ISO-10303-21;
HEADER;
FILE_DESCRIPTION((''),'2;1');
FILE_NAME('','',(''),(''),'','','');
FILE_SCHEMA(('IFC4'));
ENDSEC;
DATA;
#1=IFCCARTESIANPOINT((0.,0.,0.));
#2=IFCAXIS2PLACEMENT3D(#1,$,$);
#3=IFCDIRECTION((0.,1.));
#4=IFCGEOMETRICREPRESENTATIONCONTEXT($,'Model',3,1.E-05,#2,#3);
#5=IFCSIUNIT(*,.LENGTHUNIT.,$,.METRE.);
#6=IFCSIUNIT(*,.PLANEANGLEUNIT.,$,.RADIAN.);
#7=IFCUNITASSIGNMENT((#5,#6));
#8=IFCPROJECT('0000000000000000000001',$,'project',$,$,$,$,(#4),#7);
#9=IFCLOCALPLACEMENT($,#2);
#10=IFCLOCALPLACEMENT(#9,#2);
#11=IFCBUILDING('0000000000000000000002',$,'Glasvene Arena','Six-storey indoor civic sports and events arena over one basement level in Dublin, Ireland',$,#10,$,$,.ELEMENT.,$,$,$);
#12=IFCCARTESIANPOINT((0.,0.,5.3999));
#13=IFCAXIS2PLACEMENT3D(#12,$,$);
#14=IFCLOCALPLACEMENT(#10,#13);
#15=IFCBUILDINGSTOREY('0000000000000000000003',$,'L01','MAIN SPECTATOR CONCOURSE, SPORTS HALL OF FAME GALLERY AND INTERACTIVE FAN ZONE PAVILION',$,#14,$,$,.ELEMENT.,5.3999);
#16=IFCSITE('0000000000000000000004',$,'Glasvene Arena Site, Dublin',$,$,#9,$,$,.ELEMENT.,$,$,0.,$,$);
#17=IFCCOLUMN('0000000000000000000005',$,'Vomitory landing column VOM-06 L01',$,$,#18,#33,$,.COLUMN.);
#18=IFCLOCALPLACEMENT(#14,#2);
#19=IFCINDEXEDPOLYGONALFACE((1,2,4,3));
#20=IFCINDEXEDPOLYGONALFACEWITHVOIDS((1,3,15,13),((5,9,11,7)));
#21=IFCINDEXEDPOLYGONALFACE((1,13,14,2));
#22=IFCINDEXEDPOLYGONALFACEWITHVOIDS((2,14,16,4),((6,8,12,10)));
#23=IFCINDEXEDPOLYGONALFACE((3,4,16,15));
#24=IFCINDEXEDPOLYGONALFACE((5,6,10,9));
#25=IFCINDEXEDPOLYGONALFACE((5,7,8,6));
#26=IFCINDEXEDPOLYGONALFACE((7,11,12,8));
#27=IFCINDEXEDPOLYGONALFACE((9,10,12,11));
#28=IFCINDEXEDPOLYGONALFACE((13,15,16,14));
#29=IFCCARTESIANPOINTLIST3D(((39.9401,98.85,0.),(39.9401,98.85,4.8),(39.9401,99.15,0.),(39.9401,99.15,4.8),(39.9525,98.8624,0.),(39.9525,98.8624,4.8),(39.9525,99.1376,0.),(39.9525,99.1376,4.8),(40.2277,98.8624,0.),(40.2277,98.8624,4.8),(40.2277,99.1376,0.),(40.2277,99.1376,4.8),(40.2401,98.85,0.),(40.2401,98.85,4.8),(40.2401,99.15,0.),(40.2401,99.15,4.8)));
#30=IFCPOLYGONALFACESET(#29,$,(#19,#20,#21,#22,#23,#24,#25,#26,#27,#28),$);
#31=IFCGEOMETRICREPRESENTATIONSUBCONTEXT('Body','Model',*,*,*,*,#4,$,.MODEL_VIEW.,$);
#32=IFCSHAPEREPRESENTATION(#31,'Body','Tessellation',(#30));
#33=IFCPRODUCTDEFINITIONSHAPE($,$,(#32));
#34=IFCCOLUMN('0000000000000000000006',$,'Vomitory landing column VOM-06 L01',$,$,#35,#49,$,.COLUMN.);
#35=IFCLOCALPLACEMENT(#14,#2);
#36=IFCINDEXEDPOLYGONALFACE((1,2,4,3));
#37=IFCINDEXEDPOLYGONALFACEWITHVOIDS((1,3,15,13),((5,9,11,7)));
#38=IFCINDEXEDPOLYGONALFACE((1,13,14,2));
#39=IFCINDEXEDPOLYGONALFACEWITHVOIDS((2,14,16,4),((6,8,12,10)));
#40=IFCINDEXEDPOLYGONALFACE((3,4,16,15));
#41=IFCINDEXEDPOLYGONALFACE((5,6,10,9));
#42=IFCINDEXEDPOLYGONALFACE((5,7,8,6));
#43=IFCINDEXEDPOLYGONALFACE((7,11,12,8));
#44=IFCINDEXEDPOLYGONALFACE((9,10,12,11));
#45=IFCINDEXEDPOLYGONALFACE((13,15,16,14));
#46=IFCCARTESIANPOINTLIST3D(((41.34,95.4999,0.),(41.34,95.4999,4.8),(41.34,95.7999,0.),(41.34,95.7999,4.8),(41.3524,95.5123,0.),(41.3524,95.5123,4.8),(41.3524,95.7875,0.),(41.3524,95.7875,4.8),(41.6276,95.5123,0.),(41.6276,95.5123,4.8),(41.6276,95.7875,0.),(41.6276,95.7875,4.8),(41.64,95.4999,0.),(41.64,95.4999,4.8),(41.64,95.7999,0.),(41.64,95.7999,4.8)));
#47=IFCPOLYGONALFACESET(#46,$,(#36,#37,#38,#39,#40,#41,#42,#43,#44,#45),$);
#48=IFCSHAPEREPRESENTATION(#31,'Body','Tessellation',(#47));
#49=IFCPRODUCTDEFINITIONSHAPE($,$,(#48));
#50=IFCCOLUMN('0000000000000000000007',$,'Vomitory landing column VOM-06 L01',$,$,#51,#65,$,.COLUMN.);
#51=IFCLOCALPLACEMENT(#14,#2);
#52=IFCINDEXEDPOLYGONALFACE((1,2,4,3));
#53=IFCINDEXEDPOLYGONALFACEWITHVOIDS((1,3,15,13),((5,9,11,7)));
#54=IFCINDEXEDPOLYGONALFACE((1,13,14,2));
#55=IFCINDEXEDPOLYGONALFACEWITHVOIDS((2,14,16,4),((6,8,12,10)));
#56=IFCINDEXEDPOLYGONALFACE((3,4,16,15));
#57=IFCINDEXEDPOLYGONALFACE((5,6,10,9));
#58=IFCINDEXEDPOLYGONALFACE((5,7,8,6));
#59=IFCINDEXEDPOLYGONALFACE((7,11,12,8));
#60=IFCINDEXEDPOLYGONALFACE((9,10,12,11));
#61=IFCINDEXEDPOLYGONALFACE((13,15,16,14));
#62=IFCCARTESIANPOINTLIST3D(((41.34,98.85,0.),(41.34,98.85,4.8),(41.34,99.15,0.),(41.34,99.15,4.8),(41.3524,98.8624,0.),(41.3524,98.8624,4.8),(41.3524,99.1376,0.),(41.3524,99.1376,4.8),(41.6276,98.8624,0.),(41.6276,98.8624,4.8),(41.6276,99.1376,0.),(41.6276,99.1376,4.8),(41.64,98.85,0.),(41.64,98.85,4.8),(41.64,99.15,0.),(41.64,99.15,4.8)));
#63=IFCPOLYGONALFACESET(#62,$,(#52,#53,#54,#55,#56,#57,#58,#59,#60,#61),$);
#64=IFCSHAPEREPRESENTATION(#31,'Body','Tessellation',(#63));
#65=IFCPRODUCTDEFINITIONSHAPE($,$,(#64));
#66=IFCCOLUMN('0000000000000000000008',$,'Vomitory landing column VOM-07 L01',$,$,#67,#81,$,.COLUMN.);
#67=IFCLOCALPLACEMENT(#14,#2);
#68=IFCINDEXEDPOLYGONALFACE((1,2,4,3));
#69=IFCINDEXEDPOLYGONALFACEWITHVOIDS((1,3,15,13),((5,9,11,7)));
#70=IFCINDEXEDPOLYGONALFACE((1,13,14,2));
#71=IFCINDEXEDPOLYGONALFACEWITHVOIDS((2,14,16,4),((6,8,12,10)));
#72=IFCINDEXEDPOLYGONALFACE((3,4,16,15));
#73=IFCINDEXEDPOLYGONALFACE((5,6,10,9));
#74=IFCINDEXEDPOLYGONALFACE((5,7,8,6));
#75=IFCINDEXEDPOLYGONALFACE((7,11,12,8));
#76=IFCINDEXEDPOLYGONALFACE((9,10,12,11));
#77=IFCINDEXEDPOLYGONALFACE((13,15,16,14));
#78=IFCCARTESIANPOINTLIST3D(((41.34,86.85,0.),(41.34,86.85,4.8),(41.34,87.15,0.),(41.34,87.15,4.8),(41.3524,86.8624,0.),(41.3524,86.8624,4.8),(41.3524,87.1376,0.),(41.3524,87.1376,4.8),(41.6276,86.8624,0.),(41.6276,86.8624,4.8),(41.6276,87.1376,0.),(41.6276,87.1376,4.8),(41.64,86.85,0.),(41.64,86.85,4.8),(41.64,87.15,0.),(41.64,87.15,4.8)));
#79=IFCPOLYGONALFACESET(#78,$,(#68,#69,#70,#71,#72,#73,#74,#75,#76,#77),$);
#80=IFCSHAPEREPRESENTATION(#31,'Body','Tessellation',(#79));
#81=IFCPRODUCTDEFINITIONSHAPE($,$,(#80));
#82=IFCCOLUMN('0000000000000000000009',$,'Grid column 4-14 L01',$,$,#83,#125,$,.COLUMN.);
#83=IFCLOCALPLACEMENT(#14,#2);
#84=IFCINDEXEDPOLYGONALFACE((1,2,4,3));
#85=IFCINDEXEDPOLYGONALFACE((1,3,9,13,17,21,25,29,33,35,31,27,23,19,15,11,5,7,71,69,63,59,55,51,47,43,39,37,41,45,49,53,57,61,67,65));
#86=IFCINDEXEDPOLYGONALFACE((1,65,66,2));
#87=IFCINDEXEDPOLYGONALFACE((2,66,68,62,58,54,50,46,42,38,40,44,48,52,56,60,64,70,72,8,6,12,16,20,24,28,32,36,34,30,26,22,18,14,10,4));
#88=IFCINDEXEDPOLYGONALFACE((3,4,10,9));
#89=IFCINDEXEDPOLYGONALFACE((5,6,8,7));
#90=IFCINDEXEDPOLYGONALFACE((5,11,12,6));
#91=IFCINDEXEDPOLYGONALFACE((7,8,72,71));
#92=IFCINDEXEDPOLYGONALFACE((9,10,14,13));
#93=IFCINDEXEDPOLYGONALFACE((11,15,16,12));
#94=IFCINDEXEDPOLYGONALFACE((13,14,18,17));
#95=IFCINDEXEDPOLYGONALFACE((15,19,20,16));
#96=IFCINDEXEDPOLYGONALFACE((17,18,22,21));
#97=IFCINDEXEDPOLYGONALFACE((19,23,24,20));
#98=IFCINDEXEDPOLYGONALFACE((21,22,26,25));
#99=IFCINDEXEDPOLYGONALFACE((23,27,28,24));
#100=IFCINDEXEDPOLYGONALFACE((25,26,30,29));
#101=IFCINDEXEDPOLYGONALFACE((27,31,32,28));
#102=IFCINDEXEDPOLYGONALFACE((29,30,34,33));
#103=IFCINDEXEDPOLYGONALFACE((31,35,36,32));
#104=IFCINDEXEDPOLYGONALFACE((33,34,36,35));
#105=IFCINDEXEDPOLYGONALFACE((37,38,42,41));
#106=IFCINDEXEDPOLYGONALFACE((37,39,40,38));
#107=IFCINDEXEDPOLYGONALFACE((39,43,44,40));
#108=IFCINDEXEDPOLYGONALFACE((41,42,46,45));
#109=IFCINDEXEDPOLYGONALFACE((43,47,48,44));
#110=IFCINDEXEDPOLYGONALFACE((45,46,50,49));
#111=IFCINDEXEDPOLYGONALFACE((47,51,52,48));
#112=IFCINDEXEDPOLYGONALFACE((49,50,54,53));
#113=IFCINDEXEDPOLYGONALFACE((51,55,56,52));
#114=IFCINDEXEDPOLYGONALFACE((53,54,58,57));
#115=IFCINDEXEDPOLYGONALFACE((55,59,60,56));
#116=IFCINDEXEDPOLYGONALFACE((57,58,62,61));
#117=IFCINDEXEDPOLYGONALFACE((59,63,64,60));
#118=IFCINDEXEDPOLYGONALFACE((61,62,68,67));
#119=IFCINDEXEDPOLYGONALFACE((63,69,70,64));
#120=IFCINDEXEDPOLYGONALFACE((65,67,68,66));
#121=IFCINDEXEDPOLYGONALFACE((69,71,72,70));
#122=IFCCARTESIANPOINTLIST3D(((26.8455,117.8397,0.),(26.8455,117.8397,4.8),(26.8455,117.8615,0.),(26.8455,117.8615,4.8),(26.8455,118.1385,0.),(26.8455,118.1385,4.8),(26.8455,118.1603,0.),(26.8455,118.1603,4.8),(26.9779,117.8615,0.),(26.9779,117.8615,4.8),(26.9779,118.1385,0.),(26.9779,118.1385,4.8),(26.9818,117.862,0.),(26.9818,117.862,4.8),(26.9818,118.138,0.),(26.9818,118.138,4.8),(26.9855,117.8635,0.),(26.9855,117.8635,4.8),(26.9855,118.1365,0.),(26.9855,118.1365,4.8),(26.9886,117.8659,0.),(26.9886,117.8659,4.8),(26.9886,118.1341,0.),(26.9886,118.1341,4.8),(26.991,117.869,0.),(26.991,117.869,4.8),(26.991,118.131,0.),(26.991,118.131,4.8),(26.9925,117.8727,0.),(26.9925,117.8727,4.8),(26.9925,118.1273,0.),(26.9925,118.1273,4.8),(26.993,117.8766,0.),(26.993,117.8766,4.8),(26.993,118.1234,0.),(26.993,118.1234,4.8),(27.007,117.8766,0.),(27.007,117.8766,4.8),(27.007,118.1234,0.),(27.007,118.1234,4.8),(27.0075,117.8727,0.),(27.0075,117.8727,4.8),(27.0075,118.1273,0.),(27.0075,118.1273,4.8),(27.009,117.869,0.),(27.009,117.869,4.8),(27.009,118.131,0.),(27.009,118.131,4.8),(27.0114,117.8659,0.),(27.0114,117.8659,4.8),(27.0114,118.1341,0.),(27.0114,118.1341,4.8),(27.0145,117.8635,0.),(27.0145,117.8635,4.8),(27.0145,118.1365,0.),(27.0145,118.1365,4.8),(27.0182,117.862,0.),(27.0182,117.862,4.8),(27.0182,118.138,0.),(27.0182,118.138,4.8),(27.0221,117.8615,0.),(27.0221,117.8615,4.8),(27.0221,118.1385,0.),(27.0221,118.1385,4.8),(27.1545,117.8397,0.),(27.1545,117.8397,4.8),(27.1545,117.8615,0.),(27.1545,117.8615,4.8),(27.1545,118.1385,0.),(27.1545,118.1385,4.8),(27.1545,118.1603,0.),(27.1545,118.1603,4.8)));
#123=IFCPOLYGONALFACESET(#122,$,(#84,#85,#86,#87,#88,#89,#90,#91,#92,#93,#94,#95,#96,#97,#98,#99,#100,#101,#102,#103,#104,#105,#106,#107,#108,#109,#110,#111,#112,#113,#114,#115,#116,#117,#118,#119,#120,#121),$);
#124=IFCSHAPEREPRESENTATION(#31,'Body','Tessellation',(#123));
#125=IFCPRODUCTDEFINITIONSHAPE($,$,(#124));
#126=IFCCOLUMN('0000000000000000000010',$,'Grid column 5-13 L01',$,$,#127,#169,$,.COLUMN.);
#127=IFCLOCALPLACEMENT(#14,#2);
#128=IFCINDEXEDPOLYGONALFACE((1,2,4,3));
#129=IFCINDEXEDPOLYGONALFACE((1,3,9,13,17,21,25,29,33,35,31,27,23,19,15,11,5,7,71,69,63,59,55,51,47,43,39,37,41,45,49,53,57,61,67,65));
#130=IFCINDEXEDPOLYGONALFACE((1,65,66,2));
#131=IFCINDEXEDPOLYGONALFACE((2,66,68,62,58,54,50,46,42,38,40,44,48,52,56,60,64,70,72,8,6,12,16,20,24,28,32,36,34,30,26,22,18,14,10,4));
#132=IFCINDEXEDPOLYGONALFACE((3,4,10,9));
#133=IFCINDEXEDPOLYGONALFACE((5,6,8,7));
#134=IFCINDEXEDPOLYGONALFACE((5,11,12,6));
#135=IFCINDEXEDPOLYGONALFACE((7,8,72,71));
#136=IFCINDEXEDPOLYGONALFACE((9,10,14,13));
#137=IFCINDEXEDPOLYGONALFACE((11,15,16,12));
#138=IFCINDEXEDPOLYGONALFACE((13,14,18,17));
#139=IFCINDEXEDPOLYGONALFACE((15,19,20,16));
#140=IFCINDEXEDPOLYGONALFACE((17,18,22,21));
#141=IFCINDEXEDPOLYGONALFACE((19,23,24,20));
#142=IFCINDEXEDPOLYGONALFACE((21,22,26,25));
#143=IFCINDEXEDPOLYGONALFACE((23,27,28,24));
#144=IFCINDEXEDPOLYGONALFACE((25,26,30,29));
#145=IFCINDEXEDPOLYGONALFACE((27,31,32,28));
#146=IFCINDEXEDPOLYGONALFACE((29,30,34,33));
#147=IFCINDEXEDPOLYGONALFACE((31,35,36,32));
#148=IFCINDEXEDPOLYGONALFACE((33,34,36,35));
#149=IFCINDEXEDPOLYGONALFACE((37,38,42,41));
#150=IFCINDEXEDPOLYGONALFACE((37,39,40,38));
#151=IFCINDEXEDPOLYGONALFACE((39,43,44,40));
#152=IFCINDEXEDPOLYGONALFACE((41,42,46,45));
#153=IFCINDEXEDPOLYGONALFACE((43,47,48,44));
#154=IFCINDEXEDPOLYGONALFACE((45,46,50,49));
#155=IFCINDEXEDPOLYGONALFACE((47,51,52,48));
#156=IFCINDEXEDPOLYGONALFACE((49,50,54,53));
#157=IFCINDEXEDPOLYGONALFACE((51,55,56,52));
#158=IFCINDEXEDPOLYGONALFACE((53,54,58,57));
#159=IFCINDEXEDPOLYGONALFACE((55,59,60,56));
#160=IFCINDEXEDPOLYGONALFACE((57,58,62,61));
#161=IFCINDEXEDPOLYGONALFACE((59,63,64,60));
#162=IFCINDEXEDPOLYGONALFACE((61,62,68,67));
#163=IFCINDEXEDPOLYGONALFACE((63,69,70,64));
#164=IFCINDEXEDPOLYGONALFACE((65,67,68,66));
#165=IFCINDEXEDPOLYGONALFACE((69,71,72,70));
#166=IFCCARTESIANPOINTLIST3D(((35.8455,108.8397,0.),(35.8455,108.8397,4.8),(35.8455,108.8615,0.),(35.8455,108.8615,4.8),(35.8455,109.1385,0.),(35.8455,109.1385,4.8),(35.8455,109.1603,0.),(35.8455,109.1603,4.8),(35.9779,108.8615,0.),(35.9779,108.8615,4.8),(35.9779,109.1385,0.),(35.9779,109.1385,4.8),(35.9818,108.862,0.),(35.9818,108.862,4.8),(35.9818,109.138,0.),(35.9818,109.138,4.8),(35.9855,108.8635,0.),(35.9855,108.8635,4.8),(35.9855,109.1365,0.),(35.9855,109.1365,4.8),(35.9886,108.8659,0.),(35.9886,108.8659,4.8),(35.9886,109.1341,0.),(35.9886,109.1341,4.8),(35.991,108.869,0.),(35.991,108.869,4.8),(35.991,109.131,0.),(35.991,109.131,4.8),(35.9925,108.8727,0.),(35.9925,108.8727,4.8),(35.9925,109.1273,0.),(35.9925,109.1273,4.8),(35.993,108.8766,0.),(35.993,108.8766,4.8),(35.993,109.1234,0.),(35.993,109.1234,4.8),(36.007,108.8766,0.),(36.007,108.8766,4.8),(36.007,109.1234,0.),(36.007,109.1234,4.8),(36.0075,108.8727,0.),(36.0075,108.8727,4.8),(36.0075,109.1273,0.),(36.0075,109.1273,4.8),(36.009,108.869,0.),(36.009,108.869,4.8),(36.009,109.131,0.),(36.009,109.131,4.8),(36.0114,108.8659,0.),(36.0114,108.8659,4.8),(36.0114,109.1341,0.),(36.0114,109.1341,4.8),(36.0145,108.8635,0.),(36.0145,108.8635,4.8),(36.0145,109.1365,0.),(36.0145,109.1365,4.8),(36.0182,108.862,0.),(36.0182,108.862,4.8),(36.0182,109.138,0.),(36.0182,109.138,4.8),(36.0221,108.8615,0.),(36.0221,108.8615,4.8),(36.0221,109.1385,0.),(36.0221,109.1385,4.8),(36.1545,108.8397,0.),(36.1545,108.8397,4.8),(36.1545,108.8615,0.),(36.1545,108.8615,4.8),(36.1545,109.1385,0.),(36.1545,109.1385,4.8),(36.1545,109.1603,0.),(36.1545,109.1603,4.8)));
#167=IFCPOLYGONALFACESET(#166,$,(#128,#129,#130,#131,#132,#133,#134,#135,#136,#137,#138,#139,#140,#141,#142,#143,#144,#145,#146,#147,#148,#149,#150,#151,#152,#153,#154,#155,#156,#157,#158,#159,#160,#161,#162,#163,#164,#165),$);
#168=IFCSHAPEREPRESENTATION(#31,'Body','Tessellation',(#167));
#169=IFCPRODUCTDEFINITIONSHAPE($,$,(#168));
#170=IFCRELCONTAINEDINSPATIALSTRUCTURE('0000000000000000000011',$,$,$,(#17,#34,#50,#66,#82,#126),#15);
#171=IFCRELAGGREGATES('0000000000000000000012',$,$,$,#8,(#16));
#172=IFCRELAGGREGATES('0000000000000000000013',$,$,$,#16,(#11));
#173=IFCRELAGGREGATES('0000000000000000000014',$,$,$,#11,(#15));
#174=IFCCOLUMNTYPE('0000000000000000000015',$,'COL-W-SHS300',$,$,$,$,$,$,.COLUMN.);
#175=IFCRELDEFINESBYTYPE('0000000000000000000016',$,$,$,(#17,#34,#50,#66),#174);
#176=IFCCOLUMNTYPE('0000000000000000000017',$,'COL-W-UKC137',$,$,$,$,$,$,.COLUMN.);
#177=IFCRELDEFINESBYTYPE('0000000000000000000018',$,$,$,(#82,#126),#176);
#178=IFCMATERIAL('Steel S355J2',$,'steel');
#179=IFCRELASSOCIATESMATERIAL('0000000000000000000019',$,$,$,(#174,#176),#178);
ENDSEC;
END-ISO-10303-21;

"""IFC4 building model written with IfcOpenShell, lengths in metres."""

from ifc_helpers import new_model, si_unit, direction, frame, origin, origin_2d, place, context, subcontext, project, spatial, hollow_rectangle, i_section, extrude, material, material_profile, profile_set, type_object, element, save


model = new_model("IFC4")

# Units and contexts
model_context = context("Model", 3, precision=1e-05, world=origin(), true_north=direction((0.0, 1.0)))
body_context = subcontext(model_context, "Body", "Model", "MODEL_VIEW")
ifc_project = project(units=[si_unit("LENGTHUNIT", "METRE"), si_unit("PLANEANGLEUNIT", "RADIAN")], contexts=[model_context])

# Site, building, storey
site_placement = place(None, origin())
site = spatial("IfcSite", under=ifc_project, at=site_placement, Name="Glasvene Arena Site, Dublin", CompositionType="ELEMENT", RefElevation=0.0)
building_placement = place(site_placement, origin())
building = spatial("IfcBuilding", under=site, at=building_placement, Name="Glasvene Arena", Description="Six-storey indoor civic sports and events arena over one basement level in Dublin, Ireland", CompositionType="ELEMENT")
storey_placement = place(building_placement, frame((0.0, 0.0, 5.3999)))
storey = spatial("IfcBuildingStorey", under=building, at=storey_placement, Name="L01", Description="MAIN SPECTATOR CONCOURSE, SPORTS HALL OF FAME GALLERY AND INTERACTIVE FAN ZONE PAVILION", CompositionType="ELEMENT", Elevation=5.3999)

# Columns
ifc_material_1 = material(Name="Steel S355J2", Category="steel")
ifc_material_profile_1 = material_profile(ifc_material_1, hollow_rectangle(XDim=0.3, YDim=0.3, WallThickness=0.0125, at=origin_2d()), Name="SHS 300x300x12.5")
ifc_profile_set_1 = profile_set([ifc_material_profile_1], Name="Steel S355J2")
column_type_1 = type_object("IfcColumnType", Name="COL-W-SHS300", PredefinedType="COLUMN", material=ifc_profile_set_1)
for number, where, z_axis, x_axis, name in (
    (1, (40.0901, 99.0, 0.0), (0.0, 0.0, 1.0), (1.0, 0.0, 0.0), "Vomitory landing column VOM-06 L01"),
    (2, (41.49, 95.6499, 0.0), (0.0, 0.0, 1.0), (1.0, 0.0, 0.0), "Vomitory landing column VOM-06 L01"),
    (3, (41.49, 99.0, 0.0), (0.0, 0.0, 1.0), (1.0, 0.0, 0.0), "Vomitory landing column VOM-06 L01"),
    (4, (41.49, 87.0, 0.0), (0.0, 0.0, 1.0), (1.0, 0.0, 0.0), "Vomitory landing column VOM-07 L01"),
):
    element("IfcColumn", number, at=place(storey_placement, frame(where, z_axis=z_axis, x_axis=x_axis)), inside=storey, type_object=column_type_1, Name=name, PredefinedType="COLUMN", context=body_context, shape_type="SweptSolid", body=[
        extrude(hollow_rectangle(XDim=0.3, YDim=0.3, WallThickness=0.0125, at=origin_2d()), origin(), (0.0, 0.0, 1.0), 4.8),
    ])
ifc_material_profile_2 = material_profile(ifc_material_1, i_section(OverallWidth=0.3091, OverallDepth=0.3206, WebThickness=0.0139, FlangeThickness=0.0217, FilletRadius=0.0151, at=origin_2d()), Name="UKC 305x305x137")
ifc_profile_set_2 = profile_set([ifc_material_profile_2], Name="Steel S355J2")
column_type_2 = type_object("IfcColumnType", Name="COL-W-UKC137", PredefinedType="COLUMN", material=ifc_profile_set_2)
for number, where, z_axis, x_axis, name in (
    (5, (27.0, 118.0, 0.0), (0.0, 0.0, 1.0), (1.0, 0.0, 0.0), "Grid column 4-14 L01"),
    (6, (36.0, 109.0, 0.0), (0.0, 0.0, 1.0), (1.0, 0.0, 0.0), "Grid column 5-13 L01"),
):
    element("IfcColumn", number, at=place(storey_placement, frame(where, z_axis=z_axis, x_axis=x_axis)), inside=storey, type_object=column_type_2, Name=name, PredefinedType="COLUMN", context=body_context, shape_type="SweptSolid", body=[
        extrude(i_section(OverallWidth=0.3091, OverallDepth=0.3206, WebThickness=0.0139, FlangeThickness=0.0217, FilletRadius=0.0151, at=origin_2d()), origin(), (0.0, 0.0, 1.0), 4.8),
    ])

save(model, "model.ifc")
